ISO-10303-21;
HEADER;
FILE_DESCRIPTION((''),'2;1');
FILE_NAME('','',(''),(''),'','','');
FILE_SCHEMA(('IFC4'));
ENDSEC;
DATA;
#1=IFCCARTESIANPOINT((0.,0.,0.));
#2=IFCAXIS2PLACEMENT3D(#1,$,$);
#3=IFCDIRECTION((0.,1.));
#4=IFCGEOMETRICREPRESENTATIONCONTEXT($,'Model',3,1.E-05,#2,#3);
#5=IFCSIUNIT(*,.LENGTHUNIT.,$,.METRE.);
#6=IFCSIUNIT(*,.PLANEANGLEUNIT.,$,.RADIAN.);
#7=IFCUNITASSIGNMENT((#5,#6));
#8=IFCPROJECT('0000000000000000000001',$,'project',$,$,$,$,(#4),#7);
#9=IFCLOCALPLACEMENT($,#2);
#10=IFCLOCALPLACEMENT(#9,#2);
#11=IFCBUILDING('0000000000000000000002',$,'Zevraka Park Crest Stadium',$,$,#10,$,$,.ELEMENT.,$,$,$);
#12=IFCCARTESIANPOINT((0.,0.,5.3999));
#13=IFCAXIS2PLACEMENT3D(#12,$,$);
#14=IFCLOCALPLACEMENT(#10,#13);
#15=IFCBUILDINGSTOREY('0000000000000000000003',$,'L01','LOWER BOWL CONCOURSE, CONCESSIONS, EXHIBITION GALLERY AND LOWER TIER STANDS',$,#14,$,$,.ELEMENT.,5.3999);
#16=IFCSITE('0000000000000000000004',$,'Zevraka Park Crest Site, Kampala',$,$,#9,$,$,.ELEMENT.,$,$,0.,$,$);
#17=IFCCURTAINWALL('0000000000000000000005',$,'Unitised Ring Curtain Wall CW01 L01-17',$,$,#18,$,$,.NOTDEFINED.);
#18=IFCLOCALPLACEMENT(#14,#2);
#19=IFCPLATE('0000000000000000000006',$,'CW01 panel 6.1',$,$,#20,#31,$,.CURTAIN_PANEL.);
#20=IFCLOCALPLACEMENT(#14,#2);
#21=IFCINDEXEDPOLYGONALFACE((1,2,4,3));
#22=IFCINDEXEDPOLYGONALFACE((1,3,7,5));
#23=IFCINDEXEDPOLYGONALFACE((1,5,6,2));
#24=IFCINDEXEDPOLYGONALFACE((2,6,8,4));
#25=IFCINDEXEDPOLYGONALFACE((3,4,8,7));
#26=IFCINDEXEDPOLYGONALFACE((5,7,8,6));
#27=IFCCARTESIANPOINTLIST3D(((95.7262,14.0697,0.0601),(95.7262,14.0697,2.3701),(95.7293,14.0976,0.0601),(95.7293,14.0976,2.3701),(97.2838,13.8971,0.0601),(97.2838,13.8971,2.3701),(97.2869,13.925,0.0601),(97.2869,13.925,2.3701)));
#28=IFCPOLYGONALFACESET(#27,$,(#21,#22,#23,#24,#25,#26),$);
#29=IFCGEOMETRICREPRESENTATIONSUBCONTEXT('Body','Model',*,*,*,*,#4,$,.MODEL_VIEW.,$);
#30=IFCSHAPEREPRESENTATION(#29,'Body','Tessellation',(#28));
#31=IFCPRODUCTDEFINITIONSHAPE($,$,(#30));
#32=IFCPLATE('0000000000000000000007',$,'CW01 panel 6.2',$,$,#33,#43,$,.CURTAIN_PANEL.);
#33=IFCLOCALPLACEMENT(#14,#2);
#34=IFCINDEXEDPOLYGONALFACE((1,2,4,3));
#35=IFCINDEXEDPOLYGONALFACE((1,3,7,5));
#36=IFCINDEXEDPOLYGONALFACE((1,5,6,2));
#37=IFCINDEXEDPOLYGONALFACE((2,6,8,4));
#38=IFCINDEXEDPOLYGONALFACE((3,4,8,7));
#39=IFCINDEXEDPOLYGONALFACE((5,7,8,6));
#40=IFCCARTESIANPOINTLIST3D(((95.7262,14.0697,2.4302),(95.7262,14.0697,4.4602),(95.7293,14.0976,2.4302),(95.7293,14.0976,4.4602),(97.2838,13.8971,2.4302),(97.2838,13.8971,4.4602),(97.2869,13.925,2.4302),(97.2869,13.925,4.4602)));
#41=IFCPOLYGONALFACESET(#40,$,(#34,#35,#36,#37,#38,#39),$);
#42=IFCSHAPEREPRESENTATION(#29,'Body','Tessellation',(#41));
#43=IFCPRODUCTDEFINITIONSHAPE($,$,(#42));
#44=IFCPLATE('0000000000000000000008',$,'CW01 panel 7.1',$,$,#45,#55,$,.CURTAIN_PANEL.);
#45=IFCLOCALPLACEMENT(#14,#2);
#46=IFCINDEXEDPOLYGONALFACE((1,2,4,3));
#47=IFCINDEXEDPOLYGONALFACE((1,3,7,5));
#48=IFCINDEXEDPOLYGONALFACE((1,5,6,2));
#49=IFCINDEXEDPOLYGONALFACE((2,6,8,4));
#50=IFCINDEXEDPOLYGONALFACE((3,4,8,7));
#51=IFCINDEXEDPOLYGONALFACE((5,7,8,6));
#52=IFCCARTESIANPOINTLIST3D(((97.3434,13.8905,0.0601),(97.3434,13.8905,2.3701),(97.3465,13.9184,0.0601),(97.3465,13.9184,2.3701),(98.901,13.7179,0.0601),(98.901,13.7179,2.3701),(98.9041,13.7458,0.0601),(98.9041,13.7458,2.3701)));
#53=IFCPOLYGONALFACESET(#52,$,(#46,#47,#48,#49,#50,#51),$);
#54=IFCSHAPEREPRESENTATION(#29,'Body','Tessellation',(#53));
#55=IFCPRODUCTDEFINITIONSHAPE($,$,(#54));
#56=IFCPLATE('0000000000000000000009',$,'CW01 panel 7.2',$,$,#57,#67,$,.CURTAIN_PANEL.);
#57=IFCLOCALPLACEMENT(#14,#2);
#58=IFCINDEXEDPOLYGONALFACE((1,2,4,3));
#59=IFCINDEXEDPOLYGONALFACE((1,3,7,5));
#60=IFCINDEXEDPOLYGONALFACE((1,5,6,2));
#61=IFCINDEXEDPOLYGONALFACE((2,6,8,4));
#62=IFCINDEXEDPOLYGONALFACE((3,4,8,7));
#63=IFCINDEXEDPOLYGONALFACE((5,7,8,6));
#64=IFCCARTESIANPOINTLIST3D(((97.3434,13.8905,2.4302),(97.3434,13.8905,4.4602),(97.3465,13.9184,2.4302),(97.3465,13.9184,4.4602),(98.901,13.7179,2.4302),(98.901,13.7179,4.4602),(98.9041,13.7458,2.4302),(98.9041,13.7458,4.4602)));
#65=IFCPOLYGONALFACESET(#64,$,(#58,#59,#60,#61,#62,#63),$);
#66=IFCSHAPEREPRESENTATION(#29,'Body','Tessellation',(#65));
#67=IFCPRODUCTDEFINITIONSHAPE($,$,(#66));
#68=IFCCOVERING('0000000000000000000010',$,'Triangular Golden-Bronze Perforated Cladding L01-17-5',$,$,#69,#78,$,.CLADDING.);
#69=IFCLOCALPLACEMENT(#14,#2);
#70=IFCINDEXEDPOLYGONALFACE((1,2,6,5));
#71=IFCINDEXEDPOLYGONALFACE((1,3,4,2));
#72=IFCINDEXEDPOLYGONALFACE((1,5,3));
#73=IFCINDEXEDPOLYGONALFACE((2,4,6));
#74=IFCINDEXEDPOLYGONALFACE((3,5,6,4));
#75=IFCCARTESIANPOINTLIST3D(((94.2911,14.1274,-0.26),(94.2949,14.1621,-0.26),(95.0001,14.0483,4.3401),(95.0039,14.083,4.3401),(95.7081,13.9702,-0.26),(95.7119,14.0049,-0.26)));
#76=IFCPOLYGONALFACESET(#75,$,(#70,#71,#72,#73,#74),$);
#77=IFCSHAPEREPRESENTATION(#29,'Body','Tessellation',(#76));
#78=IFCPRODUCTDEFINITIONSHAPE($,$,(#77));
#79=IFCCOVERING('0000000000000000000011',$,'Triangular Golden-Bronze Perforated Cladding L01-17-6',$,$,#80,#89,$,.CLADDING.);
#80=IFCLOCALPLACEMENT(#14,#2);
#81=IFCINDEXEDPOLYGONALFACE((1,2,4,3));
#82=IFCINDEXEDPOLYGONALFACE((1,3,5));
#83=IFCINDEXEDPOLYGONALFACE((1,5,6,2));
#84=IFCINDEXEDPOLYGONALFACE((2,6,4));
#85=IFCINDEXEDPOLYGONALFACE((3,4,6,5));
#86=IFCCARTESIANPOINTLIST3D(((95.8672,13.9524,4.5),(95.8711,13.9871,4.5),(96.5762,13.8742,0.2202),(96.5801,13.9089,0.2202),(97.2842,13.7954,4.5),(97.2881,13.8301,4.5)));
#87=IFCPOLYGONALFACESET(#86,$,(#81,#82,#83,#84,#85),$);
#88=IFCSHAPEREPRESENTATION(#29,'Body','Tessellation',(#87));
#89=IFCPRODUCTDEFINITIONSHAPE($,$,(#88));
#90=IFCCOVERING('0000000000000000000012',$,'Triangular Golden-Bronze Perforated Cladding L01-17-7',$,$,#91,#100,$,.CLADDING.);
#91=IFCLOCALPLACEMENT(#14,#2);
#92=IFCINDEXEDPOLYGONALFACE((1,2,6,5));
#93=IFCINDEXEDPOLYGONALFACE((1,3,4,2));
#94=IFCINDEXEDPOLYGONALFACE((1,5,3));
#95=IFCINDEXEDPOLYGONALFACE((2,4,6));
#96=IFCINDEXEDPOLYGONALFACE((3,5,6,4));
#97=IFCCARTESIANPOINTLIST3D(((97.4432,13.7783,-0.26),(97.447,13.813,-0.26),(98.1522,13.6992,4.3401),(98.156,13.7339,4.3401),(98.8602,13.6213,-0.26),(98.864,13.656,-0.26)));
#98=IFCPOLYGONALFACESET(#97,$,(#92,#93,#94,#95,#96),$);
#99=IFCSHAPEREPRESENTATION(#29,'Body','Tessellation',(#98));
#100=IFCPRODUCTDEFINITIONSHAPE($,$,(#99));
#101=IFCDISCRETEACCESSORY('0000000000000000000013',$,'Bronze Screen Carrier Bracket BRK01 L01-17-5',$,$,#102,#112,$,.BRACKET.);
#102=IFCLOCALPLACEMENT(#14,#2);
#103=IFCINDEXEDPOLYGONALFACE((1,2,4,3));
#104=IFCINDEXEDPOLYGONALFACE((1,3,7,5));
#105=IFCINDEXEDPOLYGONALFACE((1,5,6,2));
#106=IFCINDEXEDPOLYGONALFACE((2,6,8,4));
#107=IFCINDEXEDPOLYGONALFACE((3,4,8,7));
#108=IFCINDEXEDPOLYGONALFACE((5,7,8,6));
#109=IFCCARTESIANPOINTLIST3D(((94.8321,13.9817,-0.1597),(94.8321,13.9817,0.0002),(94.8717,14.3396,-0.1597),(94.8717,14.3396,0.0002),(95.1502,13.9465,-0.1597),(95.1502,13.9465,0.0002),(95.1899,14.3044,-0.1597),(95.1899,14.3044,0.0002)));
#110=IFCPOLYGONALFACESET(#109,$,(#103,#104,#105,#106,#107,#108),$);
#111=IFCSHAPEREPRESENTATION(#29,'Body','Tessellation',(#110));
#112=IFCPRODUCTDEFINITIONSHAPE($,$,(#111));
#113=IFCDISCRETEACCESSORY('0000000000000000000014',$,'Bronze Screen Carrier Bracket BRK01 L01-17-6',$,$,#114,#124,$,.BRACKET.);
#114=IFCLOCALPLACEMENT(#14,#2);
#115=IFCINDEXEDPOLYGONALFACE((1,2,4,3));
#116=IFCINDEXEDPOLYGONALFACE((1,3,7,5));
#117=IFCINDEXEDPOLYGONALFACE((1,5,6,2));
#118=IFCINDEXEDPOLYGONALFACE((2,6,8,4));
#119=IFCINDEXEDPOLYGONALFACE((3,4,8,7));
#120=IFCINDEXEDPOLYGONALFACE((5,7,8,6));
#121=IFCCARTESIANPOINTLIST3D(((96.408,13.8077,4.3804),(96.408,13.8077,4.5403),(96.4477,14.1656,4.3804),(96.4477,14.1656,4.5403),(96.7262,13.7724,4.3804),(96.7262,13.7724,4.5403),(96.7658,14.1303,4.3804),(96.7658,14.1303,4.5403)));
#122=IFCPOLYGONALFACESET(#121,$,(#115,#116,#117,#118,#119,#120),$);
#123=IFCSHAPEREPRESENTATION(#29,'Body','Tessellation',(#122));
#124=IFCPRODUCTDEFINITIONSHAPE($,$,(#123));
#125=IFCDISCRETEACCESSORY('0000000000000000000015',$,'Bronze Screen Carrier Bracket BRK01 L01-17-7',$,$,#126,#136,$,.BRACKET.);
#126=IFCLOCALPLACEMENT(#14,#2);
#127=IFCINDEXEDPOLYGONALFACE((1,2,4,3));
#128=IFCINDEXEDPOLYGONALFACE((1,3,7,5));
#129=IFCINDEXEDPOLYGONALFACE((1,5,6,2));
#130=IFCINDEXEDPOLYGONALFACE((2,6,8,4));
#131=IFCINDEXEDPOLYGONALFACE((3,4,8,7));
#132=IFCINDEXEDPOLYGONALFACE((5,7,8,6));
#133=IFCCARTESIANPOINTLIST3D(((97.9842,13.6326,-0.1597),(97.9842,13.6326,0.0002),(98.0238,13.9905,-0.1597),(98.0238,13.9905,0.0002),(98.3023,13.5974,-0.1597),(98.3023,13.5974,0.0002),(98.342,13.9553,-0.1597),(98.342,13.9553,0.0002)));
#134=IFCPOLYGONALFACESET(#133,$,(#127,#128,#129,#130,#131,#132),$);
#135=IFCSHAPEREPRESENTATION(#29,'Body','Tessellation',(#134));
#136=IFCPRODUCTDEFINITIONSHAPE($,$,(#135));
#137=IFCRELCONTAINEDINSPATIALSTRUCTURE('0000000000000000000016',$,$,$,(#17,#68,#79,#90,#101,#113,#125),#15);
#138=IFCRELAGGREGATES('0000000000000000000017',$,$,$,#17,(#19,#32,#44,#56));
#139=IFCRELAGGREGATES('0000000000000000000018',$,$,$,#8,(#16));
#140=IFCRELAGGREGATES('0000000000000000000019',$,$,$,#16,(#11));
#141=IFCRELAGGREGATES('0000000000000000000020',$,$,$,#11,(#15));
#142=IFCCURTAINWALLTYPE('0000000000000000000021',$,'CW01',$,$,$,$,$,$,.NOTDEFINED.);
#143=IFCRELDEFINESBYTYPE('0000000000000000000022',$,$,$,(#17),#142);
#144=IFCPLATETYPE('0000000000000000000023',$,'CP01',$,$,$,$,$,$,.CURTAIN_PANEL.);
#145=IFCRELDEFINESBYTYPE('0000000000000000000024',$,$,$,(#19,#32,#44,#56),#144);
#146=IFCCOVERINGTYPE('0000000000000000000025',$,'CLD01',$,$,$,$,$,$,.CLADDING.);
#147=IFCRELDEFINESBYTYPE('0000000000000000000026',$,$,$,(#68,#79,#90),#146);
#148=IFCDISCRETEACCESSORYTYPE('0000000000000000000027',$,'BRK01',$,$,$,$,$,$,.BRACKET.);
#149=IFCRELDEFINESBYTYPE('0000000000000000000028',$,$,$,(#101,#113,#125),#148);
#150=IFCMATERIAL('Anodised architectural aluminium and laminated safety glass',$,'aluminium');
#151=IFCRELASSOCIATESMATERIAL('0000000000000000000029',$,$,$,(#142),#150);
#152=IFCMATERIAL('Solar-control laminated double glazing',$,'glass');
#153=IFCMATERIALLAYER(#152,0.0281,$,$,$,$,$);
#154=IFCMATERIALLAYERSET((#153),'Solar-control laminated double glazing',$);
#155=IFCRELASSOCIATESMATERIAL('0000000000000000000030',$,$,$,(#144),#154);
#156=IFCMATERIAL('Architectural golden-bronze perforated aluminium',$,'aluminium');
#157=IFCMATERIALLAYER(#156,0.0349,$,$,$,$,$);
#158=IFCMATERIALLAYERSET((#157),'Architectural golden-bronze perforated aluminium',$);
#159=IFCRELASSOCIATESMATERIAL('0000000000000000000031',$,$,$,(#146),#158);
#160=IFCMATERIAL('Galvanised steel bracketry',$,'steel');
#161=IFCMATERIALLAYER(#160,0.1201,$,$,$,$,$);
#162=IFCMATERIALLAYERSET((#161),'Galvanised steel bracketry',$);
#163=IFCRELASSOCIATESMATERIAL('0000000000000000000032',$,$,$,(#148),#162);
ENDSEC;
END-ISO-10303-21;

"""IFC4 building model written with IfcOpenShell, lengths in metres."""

from ifc_helpers import new_model, si_unit, direction, frame, origin, origin_2d, place, context, subcontext, project, spatial, polyline, rectangle, outline, extrude, material, layer, layer_set, type_object, element, aggregate, save


model = new_model("IFC4")

# Units and contexts
model_context = context("Model", 3, precision=1e-05, world=origin(), true_north=direction((0.0, 1.0)))
body_context = subcontext(model_context, "Body", "Model", "MODEL_VIEW")
ifc_project = project(units=[si_unit("LENGTHUNIT", "METRE"), si_unit("PLANEANGLEUNIT", "RADIAN")], contexts=[model_context])

# Site, building, storey
site_placement = place(None, origin())
site = spatial("IfcSite", under=ifc_project, at=site_placement, Name="Zevraka Park Crest Site, Kampala", CompositionType="ELEMENT", RefElevation=0.0)
building_placement = place(site_placement, origin())
building = spatial("IfcBuilding", under=site, at=building_placement, Name="Zevraka Park Crest Stadium", CompositionType="ELEMENT")
storey_placement = place(building_placement, frame((0.0, 0.0, 5.3999)))
storey = spatial("IfcBuildingStorey", under=building, at=storey_placement, Name="L01", Description="LOWER BOWL CONCOURSE, CONCESSIONS, EXHIBITION GALLERY AND LOWER TIER STANDS", CompositionType="ELEMENT", Elevation=5.3999)

# Curtain wall
ifc_material_1 = material(Name="Anodised architectural aluminium and laminated safety glass", Category="aluminium")
curtain_wall_type = type_object("IfcCurtainWallType", Name="CW01", PredefinedType="NOTDEFINED", material=ifc_material_1)
curtain_wall_placement = place(storey_placement, origin())
curtain_wall = element("IfcCurtainWall", 1, at=curtain_wall_placement, inside=storey, type_object=curtain_wall_type, Name="Unitised Ring Curtain Wall CW01 L01-17", PredefinedType="NOTDEFINED")

# Plates
ifc_material_2 = material(Name="Solar-control laminated double glazing", Category="glass")
ifc_layer_1 = layer(ifc_material_2, 0.0281)
ifc_layer_set_1 = layer_set([ifc_layer_1], Name="Solar-control laminated double glazing")
plate_type = type_object("IfcPlateType", Name="CP01", PredefinedType="CURTAIN_PANEL", material=ifc_layer_set_1)
plate_1_placement = place(storey_placement, frame((96.5066, 13.9973, 0.0601), z_axis=(0.0, 0.0, 1.0), x_axis=(0.993917, -0.110135, 0.0)))
plate_1 = element("IfcPlate", 2, at=plate_1_placement, type_object=plate_type, Name="CW01 panel 6.1", PredefinedType="CURTAIN_PANEL", context=body_context, shape_type="SweptSolid", body=[
    extrude(rectangle(XDim=1.5671, YDim=0.0281, at=origin_2d()), origin(), (0.0, 0.0, 1.0), 2.3101),
])
plate_2_placement = place(storey_placement, frame((96.5066, 13.9973, 2.4302), z_axis=(0.0, 0.0, 1.0), x_axis=(0.993917, -0.110135, 0.0)))
plate_2 = element("IfcPlate", 3, at=plate_2_placement, type_object=plate_type, Name="CW01 panel 6.2", PredefinedType="CURTAIN_PANEL", context=body_context, shape_type="SweptSolid", body=[
    extrude(rectangle(XDim=1.5671, YDim=0.0281, at=origin_2d()), origin(), (0.0, 0.0, 1.0), 2.03),
])
plate_3_placement = place(storey_placement, frame((98.1238, 13.8181, 0.0601), z_axis=(0.0, 0.0, 1.0), x_axis=(0.993917, -0.110135, 0.0)))
plate_3 = element("IfcPlate", 4, at=plate_3_placement, type_object=plate_type, Name="CW01 panel 7.1", PredefinedType="CURTAIN_PANEL", context=body_context, shape_type="SweptSolid", body=[
    extrude(rectangle(XDim=1.5671, YDim=0.0281, at=origin_2d()), origin(), (0.0, 0.0, 1.0), 2.3101),
])
plate_4_placement = place(storey_placement, frame((98.1238, 13.8181, 2.4302), z_axis=(0.0, 0.0, 1.0), x_axis=(0.993917, -0.110135, 0.0)))
plate_4 = element("IfcPlate", 5, at=plate_4_placement, type_object=plate_type, Name="CW01 panel 7.2", PredefinedType="CURTAIN_PANEL", context=body_context, shape_type="SweptSolid", body=[
    extrude(rectangle(XDim=1.5671, YDim=0.0281, at=origin_2d()), origin(), (0.0, 0.0, 1.0), 2.03),
])
aggregate(curtain_wall, [plate_1, plate_2, plate_3, plate_4])

# Coverings
ifc_material_3 = material(Name="Architectural golden-bronze perforated aluminium", Category="aluminium")
ifc_layer_2 = layer(ifc_material_3, 0.0349)
ifc_layer_set_2 = layer_set([ifc_layer_2], Name="Architectural golden-bronze perforated aluminium")
covering_type = type_object("IfcCoveringType", Name="CLD01", PredefinedType="CLADDING", material=ifc_layer_set_2)
covering_1_placement = place(storey_placement, frame((94.2949, 14.1621, -0.26), z_axis=(0.110281, 0.9939, 0.000094), x_axis=(0.9939, -0.110281, 0.0)))
element("IfcCovering", 6, at=covering_1_placement, inside=storey, type_object=covering_type, Name="Triangular Golden-Bronze Perforated Cladding L01-17-5", PredefinedType="CLADDING", context=body_context, shape_type="SweptSolid", body=[
    extrude(outline(polyline([(0.0, 0.0), (1.4257, 0.0), (0.7134, -4.6001), (0.0, 0.0)])), origin(), (0.0, 0.0, -1.0), 0.0349),
])
covering_2_placement = place(storey_placement, frame((97.2881, 13.8301, 4.5), z_axis=(0.110112, 0.993919, 0.000098), x_axis=(-0.993919, 0.110112, 0.0)))
element("IfcCovering", 7, at=covering_2_placement, inside=storey, type_object=covering_type, Name="Triangular Golden-Bronze Perforated Cladding L01-17-6", PredefinedType="CLADDING", context=body_context, shape_type="SweptSolid", body=[
    extrude(outline(polyline([(0.0, 0.0), (1.4257, 0.0), (0.7124, -4.2798), (0.0, 0.0)])), origin(), (0.0, 0.0, -1.0), 0.0349),
])
covering_3_placement = place(storey_placement, frame((97.447, 13.813, -0.26), z_axis=(0.110112, 0.993919, 0.00012), x_axis=(0.993919, -0.110112, 0.0)))
element("IfcCovering", 8, at=covering_3_placement, inside=storey, type_object=covering_type, Name="Triangular Golden-Bronze Perforated Cladding L01-17-7", PredefinedType="CLADDING", context=body_context, shape_type="SweptSolid", body=[
    extrude(outline(polyline([(0.0, 0.0), (1.4257, 0.0), (0.7134, -4.6001), (0.0, 0.0)])), origin(), (0.0, 0.0, -1.0), 0.0349),
])

# Discrete accessories
ifc_material_4 = material(Name="Galvanised steel bracketry", Category="steel")
ifc_layer_3 = layer(ifc_material_4, 0.1201)
ifc_layer_set_3 = layer_set([ifc_layer_3], Name="Galvanised steel bracketry")
discrete_accessory_type = type_object("IfcDiscreteAccessoryType", Name="BRK01", PredefinedType="BRACKET", material=ifc_layer_set_3)
for number, where, z_axis, x_axis, name in (
    (9, (95.011, 14.1431, -0.1597), (0.0, 0.0, 1.0), (0.993923, -0.110081, 0.0), "Bronze Screen Carrier Bracket BRK01 L01-17-5"),
    (10, (96.5869, 13.969, 4.3804), (0.0, 0.0, 1.0), (0.993923, -0.110081, 0.0), "Bronze Screen Carrier Bracket BRK01 L01-17-6"),
    (11, (98.1631, 13.7939, -0.1597), (0.0, 0.0, 1.0), (0.993923, -0.110081, 0.0), "Bronze Screen Carrier Bracket BRK01 L01-17-7"),
):
    element("IfcDiscreteAccessory", number, at=place(storey_placement, frame(where, z_axis=z_axis, x_axis=x_axis)), inside=storey, type_object=discrete_accessory_type, Name=name, PredefinedType="BRACKET", context=body_context, shape_type="SweptSolid", body=[
        extrude(rectangle(XDim=0.3201, YDim=0.3601, at=origin_2d()), origin(), (0.0, 0.0, 1.0), 0.1599),
    ])

save(model, "model.ifc")
